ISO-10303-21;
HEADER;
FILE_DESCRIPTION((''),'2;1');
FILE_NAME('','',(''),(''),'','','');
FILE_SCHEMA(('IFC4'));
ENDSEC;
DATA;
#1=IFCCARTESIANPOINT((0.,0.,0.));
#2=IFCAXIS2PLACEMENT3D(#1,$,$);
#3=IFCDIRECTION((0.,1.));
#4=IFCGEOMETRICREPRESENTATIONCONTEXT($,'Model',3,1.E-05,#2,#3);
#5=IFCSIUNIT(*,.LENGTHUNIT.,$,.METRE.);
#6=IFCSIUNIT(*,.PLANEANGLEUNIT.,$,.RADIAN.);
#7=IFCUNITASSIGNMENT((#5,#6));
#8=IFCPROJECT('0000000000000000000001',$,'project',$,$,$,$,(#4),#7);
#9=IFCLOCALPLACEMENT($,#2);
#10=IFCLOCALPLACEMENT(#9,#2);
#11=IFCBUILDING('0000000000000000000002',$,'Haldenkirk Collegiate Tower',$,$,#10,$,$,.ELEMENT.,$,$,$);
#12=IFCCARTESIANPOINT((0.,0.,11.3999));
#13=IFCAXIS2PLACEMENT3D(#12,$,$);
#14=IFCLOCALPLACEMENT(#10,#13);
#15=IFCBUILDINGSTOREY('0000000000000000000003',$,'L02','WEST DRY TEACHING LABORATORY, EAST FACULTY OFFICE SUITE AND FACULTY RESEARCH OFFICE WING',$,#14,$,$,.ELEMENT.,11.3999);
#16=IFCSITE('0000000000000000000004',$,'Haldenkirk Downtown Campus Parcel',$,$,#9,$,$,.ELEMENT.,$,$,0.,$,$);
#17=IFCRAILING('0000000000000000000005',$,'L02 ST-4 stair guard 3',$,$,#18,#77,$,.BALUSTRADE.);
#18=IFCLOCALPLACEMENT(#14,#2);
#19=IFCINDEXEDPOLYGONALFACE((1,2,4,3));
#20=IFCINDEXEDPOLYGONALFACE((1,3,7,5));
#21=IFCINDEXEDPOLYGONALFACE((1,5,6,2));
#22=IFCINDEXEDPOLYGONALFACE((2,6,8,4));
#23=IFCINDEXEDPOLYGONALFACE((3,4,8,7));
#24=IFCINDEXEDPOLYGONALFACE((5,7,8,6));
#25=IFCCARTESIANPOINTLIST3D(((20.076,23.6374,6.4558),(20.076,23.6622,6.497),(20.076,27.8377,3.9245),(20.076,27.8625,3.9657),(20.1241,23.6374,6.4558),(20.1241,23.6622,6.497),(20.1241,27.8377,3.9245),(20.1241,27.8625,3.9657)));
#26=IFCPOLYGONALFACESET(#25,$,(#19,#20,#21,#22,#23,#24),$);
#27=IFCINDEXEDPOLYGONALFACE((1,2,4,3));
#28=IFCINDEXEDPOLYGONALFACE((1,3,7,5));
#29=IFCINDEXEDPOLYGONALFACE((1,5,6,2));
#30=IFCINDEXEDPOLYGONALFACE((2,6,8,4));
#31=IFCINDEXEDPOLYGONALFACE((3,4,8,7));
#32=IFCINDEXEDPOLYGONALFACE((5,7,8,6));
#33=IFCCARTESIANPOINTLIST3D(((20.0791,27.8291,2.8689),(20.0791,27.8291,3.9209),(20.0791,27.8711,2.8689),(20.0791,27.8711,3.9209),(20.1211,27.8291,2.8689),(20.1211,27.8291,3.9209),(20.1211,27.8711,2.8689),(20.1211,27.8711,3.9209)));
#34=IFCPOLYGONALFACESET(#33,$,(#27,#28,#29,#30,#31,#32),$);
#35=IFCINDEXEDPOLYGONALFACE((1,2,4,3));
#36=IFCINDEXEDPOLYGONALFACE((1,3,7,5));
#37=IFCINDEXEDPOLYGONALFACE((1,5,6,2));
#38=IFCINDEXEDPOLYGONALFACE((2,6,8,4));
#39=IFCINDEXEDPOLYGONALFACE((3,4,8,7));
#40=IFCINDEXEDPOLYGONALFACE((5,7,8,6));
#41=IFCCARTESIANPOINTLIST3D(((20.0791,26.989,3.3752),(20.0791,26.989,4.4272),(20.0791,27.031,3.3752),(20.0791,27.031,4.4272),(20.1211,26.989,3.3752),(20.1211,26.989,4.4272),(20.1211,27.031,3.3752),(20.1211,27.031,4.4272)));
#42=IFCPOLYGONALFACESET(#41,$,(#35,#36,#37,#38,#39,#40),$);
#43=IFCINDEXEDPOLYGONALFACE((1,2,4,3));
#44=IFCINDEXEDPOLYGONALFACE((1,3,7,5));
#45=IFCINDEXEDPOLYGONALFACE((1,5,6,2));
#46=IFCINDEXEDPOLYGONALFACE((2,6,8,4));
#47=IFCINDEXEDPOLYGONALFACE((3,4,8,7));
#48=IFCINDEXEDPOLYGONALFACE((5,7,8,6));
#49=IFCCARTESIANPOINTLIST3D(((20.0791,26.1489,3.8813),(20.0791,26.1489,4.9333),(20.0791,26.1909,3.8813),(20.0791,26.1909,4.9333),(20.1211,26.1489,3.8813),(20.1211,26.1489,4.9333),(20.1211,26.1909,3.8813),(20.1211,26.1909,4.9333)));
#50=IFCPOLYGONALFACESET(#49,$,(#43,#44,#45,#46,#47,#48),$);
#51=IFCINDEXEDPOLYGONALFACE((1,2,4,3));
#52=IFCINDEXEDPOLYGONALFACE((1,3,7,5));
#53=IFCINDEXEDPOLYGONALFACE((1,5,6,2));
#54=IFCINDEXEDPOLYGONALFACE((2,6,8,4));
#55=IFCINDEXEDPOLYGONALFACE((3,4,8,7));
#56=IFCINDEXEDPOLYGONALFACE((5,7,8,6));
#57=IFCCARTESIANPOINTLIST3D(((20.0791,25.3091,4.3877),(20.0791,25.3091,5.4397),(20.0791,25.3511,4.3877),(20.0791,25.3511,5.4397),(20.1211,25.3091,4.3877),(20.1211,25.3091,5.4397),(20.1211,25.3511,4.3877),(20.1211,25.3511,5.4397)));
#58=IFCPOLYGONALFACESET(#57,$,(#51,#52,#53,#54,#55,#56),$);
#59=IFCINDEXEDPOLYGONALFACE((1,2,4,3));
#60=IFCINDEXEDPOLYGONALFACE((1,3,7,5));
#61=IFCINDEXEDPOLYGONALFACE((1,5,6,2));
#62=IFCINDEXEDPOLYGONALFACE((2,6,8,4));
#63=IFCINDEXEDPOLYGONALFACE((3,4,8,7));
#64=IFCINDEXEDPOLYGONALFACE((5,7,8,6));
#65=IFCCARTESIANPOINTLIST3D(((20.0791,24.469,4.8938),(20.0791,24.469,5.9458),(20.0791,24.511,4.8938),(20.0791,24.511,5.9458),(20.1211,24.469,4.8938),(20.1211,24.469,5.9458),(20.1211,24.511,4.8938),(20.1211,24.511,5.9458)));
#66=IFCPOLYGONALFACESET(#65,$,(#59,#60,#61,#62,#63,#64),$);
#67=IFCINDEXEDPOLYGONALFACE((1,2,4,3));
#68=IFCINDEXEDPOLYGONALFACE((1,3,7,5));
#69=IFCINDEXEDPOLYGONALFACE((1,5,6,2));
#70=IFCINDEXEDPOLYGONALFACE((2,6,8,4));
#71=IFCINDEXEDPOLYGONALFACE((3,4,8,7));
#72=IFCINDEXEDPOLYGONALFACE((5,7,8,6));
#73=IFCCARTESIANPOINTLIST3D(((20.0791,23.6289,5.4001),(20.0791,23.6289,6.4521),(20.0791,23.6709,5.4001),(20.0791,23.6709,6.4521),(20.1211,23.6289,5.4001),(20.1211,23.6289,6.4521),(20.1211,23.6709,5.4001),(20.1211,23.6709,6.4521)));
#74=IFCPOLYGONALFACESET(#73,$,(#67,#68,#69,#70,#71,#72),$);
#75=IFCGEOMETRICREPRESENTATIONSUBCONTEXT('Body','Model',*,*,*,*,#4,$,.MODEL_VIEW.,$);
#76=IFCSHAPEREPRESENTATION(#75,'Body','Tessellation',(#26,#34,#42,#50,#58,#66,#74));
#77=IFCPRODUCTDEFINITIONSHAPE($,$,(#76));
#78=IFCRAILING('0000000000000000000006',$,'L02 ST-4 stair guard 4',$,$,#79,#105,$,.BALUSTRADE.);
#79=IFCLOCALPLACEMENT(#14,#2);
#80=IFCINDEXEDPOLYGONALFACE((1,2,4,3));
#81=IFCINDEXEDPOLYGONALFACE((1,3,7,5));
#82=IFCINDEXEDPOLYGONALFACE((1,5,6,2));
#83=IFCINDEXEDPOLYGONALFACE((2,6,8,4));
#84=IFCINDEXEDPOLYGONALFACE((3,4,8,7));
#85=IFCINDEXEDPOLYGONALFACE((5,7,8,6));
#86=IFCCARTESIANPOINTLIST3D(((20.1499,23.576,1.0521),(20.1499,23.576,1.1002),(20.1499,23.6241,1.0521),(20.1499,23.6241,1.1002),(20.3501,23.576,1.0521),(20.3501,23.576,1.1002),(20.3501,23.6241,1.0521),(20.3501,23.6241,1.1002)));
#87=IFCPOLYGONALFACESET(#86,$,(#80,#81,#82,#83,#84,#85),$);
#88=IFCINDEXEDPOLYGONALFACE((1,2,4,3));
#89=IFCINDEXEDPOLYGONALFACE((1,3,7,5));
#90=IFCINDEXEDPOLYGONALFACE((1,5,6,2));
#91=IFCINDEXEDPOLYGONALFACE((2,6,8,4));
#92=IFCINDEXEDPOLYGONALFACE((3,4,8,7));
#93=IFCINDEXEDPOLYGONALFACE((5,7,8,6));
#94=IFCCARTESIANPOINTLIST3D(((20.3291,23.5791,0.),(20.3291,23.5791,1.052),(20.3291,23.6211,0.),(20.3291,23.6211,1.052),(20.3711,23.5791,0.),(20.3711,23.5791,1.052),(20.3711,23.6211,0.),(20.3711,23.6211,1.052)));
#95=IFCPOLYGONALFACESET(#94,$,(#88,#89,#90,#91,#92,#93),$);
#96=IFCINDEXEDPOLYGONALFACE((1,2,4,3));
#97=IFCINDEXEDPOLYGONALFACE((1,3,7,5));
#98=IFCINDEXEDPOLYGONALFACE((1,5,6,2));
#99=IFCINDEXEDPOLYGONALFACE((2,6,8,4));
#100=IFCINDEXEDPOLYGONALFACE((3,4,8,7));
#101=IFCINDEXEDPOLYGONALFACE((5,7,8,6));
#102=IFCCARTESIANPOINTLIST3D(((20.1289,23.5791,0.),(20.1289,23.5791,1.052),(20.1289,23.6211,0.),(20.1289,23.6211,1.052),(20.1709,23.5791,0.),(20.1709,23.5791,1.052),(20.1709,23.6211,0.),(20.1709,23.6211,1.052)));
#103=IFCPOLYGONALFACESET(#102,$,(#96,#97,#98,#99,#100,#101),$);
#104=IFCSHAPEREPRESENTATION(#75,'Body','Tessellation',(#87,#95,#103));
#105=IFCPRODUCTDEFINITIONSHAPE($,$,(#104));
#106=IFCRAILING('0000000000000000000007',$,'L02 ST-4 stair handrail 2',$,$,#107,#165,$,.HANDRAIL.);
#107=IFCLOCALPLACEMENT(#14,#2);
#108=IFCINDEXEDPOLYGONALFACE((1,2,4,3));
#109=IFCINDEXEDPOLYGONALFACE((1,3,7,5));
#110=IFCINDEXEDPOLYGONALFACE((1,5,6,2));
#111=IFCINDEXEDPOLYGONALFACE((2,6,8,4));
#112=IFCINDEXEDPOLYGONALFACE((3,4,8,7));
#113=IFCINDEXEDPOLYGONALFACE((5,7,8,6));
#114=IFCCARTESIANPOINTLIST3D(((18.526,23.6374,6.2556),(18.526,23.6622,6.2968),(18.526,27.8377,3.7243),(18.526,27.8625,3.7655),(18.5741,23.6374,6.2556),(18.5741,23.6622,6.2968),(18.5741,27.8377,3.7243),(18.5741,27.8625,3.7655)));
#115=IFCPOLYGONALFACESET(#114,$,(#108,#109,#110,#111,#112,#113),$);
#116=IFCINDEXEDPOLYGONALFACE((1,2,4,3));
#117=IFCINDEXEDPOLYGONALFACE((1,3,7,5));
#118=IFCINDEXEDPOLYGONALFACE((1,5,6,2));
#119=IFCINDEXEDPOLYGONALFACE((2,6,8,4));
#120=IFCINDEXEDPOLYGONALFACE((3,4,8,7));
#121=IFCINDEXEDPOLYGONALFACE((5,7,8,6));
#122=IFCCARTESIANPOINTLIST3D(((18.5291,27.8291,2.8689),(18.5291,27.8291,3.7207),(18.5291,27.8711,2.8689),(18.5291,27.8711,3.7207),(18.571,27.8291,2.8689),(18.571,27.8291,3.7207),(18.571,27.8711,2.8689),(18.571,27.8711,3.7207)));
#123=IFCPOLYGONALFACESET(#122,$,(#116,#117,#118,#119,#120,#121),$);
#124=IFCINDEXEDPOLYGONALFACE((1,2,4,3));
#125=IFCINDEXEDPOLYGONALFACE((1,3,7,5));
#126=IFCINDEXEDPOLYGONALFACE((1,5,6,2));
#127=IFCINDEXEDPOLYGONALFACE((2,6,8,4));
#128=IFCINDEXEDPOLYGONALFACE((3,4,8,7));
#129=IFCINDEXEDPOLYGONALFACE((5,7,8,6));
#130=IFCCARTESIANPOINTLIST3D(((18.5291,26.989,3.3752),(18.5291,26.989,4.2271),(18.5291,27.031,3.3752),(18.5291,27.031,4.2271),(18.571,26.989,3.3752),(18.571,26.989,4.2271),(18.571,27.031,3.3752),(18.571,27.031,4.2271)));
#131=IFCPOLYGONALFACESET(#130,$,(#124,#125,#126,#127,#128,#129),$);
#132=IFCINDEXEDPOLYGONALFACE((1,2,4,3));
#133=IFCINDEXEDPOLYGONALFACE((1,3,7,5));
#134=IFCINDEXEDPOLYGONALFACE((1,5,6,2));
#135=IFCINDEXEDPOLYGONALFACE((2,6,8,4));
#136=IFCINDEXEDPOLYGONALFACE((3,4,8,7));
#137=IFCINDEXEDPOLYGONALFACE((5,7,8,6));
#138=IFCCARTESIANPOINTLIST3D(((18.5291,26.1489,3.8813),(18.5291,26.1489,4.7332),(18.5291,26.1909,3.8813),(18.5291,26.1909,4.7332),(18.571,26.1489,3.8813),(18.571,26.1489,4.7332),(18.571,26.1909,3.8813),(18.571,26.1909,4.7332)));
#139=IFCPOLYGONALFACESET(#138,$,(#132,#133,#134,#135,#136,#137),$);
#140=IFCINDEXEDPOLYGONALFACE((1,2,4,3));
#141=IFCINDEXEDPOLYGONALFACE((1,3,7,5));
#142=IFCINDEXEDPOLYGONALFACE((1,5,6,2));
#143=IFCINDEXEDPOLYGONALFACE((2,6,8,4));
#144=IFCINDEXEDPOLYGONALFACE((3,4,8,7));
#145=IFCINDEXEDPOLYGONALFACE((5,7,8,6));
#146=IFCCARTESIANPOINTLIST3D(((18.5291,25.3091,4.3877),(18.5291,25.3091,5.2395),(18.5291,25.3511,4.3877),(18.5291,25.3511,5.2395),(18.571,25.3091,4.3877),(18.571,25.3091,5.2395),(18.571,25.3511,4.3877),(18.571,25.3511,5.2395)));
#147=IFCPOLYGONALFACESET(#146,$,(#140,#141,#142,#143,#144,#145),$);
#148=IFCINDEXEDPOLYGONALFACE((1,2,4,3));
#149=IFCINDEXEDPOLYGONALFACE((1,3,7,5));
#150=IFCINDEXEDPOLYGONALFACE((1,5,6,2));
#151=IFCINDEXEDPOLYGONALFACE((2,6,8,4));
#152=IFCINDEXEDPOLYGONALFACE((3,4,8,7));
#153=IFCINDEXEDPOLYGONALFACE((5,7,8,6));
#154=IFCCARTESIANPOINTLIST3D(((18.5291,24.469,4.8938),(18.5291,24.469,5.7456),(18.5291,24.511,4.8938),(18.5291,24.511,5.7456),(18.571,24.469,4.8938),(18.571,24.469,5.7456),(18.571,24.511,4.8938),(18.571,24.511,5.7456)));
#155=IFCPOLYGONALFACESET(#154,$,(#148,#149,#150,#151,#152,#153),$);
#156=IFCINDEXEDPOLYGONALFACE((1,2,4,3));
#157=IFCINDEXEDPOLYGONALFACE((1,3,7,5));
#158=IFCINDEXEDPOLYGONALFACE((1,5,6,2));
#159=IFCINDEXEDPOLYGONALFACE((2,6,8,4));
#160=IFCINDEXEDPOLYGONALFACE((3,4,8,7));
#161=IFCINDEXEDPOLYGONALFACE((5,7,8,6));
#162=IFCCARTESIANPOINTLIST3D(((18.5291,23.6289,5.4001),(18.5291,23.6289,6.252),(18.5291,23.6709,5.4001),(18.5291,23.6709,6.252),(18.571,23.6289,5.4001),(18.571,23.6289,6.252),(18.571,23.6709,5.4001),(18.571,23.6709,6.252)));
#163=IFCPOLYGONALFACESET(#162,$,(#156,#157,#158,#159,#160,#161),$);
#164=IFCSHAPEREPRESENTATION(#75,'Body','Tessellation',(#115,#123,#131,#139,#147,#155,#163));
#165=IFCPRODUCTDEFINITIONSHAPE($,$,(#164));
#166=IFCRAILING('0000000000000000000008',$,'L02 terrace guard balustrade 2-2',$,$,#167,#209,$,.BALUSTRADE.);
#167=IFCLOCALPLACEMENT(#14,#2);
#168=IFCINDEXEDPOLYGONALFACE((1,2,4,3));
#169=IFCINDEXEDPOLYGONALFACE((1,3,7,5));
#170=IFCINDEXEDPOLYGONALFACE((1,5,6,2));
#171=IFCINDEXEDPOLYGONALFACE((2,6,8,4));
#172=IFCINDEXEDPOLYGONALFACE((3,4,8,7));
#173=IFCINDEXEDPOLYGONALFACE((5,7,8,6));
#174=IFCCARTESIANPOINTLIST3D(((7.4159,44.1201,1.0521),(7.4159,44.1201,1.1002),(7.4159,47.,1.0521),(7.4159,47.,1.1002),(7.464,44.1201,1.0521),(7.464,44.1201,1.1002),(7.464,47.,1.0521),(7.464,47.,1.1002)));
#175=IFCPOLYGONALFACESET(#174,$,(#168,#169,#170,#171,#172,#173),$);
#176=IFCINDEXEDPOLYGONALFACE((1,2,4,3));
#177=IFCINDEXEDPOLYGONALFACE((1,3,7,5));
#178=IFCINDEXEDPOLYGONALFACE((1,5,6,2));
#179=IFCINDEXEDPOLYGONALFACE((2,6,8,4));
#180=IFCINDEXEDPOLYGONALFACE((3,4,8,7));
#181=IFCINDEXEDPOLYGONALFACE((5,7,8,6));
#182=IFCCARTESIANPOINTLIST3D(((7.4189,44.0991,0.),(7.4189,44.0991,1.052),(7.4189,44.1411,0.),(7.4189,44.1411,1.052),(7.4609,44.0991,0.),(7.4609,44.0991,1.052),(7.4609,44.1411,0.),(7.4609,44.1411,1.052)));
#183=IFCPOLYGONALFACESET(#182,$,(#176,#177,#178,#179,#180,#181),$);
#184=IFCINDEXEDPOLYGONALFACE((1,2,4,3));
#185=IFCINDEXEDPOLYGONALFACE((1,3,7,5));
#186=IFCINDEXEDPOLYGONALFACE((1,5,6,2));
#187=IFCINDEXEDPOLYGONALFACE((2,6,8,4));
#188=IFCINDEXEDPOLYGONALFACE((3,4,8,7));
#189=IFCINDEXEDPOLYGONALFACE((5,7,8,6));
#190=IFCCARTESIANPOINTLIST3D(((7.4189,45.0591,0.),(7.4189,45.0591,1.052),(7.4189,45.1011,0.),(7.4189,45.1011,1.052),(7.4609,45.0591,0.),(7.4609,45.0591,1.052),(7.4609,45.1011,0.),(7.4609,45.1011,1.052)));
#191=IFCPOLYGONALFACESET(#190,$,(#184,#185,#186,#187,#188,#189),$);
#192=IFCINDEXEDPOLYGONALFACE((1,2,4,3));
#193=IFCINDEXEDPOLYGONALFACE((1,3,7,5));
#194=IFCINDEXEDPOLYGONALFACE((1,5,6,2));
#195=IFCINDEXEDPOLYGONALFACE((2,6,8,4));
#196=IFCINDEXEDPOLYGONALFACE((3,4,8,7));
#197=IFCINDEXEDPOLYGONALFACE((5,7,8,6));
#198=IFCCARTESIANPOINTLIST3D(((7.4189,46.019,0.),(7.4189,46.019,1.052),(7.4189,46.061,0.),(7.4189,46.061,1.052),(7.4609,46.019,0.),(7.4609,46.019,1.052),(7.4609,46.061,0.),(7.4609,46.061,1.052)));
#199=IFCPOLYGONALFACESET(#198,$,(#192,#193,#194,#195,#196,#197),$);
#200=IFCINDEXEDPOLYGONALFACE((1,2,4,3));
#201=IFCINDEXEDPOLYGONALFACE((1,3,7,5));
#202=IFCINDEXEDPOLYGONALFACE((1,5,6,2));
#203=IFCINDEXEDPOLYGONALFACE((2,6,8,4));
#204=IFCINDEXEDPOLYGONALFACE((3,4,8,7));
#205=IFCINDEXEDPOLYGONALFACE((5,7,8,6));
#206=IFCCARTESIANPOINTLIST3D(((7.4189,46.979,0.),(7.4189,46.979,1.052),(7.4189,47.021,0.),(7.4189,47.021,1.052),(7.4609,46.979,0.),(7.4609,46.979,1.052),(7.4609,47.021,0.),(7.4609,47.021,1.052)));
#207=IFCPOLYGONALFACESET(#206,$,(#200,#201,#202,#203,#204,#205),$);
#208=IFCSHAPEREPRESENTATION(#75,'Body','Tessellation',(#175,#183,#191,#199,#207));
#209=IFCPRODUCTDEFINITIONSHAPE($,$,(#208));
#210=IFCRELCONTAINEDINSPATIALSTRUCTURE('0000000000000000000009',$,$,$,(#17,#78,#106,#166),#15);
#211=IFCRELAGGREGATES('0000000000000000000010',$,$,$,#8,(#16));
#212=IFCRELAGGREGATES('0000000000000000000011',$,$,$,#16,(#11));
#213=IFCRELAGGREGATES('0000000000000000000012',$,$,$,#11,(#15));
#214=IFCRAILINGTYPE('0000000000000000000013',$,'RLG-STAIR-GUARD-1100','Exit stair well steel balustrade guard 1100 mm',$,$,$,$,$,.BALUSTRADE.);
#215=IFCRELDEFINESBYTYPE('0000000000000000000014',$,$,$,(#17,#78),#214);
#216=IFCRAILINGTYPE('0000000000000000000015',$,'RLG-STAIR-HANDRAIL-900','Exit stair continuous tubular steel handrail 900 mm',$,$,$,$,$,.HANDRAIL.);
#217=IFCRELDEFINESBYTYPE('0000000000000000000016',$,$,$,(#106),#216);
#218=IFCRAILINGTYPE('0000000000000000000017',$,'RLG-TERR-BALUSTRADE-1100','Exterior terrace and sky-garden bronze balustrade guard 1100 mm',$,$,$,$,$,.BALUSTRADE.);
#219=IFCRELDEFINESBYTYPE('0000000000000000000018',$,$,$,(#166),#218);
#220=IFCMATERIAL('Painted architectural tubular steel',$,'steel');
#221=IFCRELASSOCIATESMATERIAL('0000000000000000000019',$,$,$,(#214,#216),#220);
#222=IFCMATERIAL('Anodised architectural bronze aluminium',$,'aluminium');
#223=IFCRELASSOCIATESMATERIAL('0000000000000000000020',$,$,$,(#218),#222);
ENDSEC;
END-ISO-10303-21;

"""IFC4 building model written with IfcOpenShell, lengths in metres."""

from ifc_helpers import new_model, si_unit, direction, frame, origin, origin_2d, place, context, subcontext, project, spatial, rectangle, extrude, material, type_object, element, save


model = new_model("IFC4")

# Units and contexts
model_context = context("Model", 3, precision=1e-05, world=origin(), true_north=direction((0.0, 1.0)))
body_context = subcontext(model_context, "Body", "Model", "MODEL_VIEW")
ifc_project = project(units=[si_unit("LENGTHUNIT", "METRE"), si_unit("PLANEANGLEUNIT", "RADIAN")], contexts=[model_context])

# Site, building, storey
site_placement = place(None, origin())
site = spatial("IfcSite", under=ifc_project, at=site_placement, Name="Haldenkirk Downtown Campus Parcel", CompositionType="ELEMENT", RefElevation=0.0)
building_placement = place(site_placement, origin())
building = spatial("IfcBuilding", under=site, at=building_placement, Name="Haldenkirk Collegiate Tower", CompositionType="ELEMENT")
storey_placement = place(building_placement, frame((0.0, 0.0, 11.3999)))
storey = spatial("IfcBuildingStorey", under=building, at=storey_placement, Name="L02", Description="WEST DRY TEACHING LABORATORY, EAST FACULTY OFFICE SUITE AND FACULTY RESEARCH OFFICE WING", CompositionType="ELEMENT", Elevation=11.3999)

# Shared definitions
ifc_material_1 = material(Name="Anodised architectural bronze aluminium", Category="aluminium")

# Railings
ifc_material_2 = material(Name="Painted architectural tubular steel", Category="steel")
railing_type_1 = type_object("IfcRailingType", Name="RLG-STAIR-GUARD-1100", Description="Exit stair well steel balustrade guard 1100 mm", PredefinedType="BALUSTRADE", material=ifc_material_2)
railing_1_placement = place(storey_placement, frame((20.1001, 27.8501, 2.8689)))
element("IfcRailing", 1, at=railing_1_placement, inside=storey, type_object=railing_type_1, Name="L02 ST-4 stair guard 3", PredefinedType="BALUSTRADE", context=body_context, shape_type="SweptSolid", body=[
    extrude(rectangle(XDim=0.0481, YDim=0.0481, at=origin_2d()), frame((0.0, 0.0, 1.0762), z_axis=(0.0, -0.85649, 0.516164), x_axis=(1.0, 0.0, 0.0)), (0.0, 0.0, 1.0), 4.9041),
    extrude(rectangle(XDim=0.042, YDim=0.042, at=origin_2d()), origin(), (0.0, 0.0, 1.0), 1.052),
    extrude(rectangle(XDim=0.042, YDim=0.042, at=origin_2d()), frame((0.0, -0.8401, 0.5063)), (0.0, 0.0, 1.0), 1.052),
    extrude(rectangle(XDim=0.042, YDim=0.042, at=origin_2d()), frame((0.0, -1.6802, 1.0125)), (0.0, 0.0, 1.0), 1.052),
    extrude(rectangle(XDim=0.042, YDim=0.042, at=origin_2d()), frame((0.0, -2.52, 1.5188)), (0.0, 0.0, 1.0), 1.052),
    extrude(rectangle(XDim=0.042, YDim=0.042, at=origin_2d()), frame((0.0, -3.3601, 2.0249)), (0.0, 0.0, 1.0), 1.052),
    extrude(rectangle(XDim=0.042, YDim=0.042, at=origin_2d()), frame((0.0, -4.2002, 2.5312)), (0.0, 0.0, 1.0), 1.052),
])
railing_2_placement = place(storey_placement, frame((20.3501, 23.6001, 0.0)))
element("IfcRailing", 2, at=railing_2_placement, inside=storey, type_object=railing_type_1, Name="L02 ST-4 stair guard 4", PredefinedType="BALUSTRADE", context=body_context, shape_type="SweptSolid", body=[
    extrude(rectangle(XDim=0.0481, YDim=0.0481, at=origin_2d()), frame((0.0, 0.0, 1.0762), z_axis=(-1.0, 0.0, 0.0), x_axis=(0.0, -1.0, 0.0)), (0.0, 0.0, 1.0), 0.2002),
    extrude(rectangle(XDim=0.042, YDim=0.042, at=origin_2d()), origin(), (0.0, 0.0, 1.0), 1.052),
    extrude(rectangle(XDim=0.042, YDim=0.042, at=origin_2d()), frame((-0.2002, 0.0, 0.0)), (0.0, 0.0, 1.0), 1.052),
])
railing_type_2 = type_object("IfcRailingType", Name="RLG-STAIR-HANDRAIL-900", Description="Exit stair continuous tubular steel handrail 900 mm", PredefinedType="HANDRAIL", material=ifc_material_2)
railing_3_placement = place(storey_placement, frame((18.55, 27.8501, 2.8689)))
element("IfcRailing", 3, at=railing_3_placement, inside=storey, type_object=railing_type_2, Name="L02 ST-4 stair handrail 2", PredefinedType="HANDRAIL", context=body_context, shape_type="SweptSolid", body=[
    extrude(rectangle(XDim=0.0481, YDim=0.0481, at=origin_2d()), frame((0.0, 0.0, 0.876), z_axis=(0.0, -0.85649, 0.516164), x_axis=(1.0, 0.0, 0.0)), (0.0, 0.0, 1.0), 4.9041),
    extrude(rectangle(XDim=0.042, YDim=0.042, at=origin_2d()), origin(), (0.0, 0.0, 1.0), 0.8518),
    extrude(rectangle(XDim=0.042, YDim=0.042, at=origin_2d()), frame((0.0, -0.8401, 0.5063)), (0.0, 0.0, 1.0), 0.8518),
    extrude(rectangle(XDim=0.042, YDim=0.042, at=origin_2d()), frame((0.0, -1.6802, 1.0125)), (0.0, 0.0, 1.0), 0.8518),
    extrude(rectangle(XDim=0.042, YDim=0.042, at=origin_2d()), frame((0.0, -2.52, 1.5188)), (0.0, 0.0, 1.0), 0.8518),
    extrude(rectangle(XDim=0.042, YDim=0.042, at=origin_2d()), frame((0.0, -3.3601, 2.0249)), (0.0, 0.0, 1.0), 0.8518),
    extrude(rectangle(XDim=0.042, YDim=0.042, at=origin_2d()), frame((0.0, -4.2002, 2.5312)), (0.0, 0.0, 1.0), 0.8518),
])
railing_type_3 = type_object("IfcRailingType", Name="RLG-TERR-BALUSTRADE-1100", Description="Exterior terrace and sky-garden bronze balustrade guard 1100 mm", PredefinedType="BALUSTRADE", material=ifc_material_1)
railing_4_placement = place(storey_placement, frame((7.4399, 44.1201, 0.0)))
element("IfcRailing", 4, at=railing_4_placement, inside=storey, type_object=railing_type_3, Name="L02 terrace guard balustrade 2-2", PredefinedType="BALUSTRADE", context=body_context, shape_type="SweptSolid", body=[
    extrude(rectangle(XDim=0.0481, YDim=0.0481, at=origin_2d()), frame((0.0, 0.0, 1.0762), z_axis=(0.0, 1.0, 0.0), x_axis=(-1.0, 0.0, 0.0)), (0.0, 0.0, 1.0), 2.8799),
    extrude(rectangle(XDim=0.042, YDim=0.042, at=origin_2d()), origin(), (0.0, 0.0, 1.0), 1.052),
    extrude(rectangle(XDim=0.042, YDim=0.042, at=origin_2d()), frame((0.0, 0.96, 0.0)), (0.0, 0.0, 1.0), 1.052),
    extrude(rectangle(XDim=0.042, YDim=0.042, at=origin_2d()), frame((0.0, 1.9199, 0.0)), (0.0, 0.0, 1.0), 1.052),
    extrude(rectangle(XDim=0.042, YDim=0.042, at=origin_2d()), frame((0.0, 2.8799, 0.0)), (0.0, 0.0, 1.0), 1.052),
])

save(model, "model.ifc")
